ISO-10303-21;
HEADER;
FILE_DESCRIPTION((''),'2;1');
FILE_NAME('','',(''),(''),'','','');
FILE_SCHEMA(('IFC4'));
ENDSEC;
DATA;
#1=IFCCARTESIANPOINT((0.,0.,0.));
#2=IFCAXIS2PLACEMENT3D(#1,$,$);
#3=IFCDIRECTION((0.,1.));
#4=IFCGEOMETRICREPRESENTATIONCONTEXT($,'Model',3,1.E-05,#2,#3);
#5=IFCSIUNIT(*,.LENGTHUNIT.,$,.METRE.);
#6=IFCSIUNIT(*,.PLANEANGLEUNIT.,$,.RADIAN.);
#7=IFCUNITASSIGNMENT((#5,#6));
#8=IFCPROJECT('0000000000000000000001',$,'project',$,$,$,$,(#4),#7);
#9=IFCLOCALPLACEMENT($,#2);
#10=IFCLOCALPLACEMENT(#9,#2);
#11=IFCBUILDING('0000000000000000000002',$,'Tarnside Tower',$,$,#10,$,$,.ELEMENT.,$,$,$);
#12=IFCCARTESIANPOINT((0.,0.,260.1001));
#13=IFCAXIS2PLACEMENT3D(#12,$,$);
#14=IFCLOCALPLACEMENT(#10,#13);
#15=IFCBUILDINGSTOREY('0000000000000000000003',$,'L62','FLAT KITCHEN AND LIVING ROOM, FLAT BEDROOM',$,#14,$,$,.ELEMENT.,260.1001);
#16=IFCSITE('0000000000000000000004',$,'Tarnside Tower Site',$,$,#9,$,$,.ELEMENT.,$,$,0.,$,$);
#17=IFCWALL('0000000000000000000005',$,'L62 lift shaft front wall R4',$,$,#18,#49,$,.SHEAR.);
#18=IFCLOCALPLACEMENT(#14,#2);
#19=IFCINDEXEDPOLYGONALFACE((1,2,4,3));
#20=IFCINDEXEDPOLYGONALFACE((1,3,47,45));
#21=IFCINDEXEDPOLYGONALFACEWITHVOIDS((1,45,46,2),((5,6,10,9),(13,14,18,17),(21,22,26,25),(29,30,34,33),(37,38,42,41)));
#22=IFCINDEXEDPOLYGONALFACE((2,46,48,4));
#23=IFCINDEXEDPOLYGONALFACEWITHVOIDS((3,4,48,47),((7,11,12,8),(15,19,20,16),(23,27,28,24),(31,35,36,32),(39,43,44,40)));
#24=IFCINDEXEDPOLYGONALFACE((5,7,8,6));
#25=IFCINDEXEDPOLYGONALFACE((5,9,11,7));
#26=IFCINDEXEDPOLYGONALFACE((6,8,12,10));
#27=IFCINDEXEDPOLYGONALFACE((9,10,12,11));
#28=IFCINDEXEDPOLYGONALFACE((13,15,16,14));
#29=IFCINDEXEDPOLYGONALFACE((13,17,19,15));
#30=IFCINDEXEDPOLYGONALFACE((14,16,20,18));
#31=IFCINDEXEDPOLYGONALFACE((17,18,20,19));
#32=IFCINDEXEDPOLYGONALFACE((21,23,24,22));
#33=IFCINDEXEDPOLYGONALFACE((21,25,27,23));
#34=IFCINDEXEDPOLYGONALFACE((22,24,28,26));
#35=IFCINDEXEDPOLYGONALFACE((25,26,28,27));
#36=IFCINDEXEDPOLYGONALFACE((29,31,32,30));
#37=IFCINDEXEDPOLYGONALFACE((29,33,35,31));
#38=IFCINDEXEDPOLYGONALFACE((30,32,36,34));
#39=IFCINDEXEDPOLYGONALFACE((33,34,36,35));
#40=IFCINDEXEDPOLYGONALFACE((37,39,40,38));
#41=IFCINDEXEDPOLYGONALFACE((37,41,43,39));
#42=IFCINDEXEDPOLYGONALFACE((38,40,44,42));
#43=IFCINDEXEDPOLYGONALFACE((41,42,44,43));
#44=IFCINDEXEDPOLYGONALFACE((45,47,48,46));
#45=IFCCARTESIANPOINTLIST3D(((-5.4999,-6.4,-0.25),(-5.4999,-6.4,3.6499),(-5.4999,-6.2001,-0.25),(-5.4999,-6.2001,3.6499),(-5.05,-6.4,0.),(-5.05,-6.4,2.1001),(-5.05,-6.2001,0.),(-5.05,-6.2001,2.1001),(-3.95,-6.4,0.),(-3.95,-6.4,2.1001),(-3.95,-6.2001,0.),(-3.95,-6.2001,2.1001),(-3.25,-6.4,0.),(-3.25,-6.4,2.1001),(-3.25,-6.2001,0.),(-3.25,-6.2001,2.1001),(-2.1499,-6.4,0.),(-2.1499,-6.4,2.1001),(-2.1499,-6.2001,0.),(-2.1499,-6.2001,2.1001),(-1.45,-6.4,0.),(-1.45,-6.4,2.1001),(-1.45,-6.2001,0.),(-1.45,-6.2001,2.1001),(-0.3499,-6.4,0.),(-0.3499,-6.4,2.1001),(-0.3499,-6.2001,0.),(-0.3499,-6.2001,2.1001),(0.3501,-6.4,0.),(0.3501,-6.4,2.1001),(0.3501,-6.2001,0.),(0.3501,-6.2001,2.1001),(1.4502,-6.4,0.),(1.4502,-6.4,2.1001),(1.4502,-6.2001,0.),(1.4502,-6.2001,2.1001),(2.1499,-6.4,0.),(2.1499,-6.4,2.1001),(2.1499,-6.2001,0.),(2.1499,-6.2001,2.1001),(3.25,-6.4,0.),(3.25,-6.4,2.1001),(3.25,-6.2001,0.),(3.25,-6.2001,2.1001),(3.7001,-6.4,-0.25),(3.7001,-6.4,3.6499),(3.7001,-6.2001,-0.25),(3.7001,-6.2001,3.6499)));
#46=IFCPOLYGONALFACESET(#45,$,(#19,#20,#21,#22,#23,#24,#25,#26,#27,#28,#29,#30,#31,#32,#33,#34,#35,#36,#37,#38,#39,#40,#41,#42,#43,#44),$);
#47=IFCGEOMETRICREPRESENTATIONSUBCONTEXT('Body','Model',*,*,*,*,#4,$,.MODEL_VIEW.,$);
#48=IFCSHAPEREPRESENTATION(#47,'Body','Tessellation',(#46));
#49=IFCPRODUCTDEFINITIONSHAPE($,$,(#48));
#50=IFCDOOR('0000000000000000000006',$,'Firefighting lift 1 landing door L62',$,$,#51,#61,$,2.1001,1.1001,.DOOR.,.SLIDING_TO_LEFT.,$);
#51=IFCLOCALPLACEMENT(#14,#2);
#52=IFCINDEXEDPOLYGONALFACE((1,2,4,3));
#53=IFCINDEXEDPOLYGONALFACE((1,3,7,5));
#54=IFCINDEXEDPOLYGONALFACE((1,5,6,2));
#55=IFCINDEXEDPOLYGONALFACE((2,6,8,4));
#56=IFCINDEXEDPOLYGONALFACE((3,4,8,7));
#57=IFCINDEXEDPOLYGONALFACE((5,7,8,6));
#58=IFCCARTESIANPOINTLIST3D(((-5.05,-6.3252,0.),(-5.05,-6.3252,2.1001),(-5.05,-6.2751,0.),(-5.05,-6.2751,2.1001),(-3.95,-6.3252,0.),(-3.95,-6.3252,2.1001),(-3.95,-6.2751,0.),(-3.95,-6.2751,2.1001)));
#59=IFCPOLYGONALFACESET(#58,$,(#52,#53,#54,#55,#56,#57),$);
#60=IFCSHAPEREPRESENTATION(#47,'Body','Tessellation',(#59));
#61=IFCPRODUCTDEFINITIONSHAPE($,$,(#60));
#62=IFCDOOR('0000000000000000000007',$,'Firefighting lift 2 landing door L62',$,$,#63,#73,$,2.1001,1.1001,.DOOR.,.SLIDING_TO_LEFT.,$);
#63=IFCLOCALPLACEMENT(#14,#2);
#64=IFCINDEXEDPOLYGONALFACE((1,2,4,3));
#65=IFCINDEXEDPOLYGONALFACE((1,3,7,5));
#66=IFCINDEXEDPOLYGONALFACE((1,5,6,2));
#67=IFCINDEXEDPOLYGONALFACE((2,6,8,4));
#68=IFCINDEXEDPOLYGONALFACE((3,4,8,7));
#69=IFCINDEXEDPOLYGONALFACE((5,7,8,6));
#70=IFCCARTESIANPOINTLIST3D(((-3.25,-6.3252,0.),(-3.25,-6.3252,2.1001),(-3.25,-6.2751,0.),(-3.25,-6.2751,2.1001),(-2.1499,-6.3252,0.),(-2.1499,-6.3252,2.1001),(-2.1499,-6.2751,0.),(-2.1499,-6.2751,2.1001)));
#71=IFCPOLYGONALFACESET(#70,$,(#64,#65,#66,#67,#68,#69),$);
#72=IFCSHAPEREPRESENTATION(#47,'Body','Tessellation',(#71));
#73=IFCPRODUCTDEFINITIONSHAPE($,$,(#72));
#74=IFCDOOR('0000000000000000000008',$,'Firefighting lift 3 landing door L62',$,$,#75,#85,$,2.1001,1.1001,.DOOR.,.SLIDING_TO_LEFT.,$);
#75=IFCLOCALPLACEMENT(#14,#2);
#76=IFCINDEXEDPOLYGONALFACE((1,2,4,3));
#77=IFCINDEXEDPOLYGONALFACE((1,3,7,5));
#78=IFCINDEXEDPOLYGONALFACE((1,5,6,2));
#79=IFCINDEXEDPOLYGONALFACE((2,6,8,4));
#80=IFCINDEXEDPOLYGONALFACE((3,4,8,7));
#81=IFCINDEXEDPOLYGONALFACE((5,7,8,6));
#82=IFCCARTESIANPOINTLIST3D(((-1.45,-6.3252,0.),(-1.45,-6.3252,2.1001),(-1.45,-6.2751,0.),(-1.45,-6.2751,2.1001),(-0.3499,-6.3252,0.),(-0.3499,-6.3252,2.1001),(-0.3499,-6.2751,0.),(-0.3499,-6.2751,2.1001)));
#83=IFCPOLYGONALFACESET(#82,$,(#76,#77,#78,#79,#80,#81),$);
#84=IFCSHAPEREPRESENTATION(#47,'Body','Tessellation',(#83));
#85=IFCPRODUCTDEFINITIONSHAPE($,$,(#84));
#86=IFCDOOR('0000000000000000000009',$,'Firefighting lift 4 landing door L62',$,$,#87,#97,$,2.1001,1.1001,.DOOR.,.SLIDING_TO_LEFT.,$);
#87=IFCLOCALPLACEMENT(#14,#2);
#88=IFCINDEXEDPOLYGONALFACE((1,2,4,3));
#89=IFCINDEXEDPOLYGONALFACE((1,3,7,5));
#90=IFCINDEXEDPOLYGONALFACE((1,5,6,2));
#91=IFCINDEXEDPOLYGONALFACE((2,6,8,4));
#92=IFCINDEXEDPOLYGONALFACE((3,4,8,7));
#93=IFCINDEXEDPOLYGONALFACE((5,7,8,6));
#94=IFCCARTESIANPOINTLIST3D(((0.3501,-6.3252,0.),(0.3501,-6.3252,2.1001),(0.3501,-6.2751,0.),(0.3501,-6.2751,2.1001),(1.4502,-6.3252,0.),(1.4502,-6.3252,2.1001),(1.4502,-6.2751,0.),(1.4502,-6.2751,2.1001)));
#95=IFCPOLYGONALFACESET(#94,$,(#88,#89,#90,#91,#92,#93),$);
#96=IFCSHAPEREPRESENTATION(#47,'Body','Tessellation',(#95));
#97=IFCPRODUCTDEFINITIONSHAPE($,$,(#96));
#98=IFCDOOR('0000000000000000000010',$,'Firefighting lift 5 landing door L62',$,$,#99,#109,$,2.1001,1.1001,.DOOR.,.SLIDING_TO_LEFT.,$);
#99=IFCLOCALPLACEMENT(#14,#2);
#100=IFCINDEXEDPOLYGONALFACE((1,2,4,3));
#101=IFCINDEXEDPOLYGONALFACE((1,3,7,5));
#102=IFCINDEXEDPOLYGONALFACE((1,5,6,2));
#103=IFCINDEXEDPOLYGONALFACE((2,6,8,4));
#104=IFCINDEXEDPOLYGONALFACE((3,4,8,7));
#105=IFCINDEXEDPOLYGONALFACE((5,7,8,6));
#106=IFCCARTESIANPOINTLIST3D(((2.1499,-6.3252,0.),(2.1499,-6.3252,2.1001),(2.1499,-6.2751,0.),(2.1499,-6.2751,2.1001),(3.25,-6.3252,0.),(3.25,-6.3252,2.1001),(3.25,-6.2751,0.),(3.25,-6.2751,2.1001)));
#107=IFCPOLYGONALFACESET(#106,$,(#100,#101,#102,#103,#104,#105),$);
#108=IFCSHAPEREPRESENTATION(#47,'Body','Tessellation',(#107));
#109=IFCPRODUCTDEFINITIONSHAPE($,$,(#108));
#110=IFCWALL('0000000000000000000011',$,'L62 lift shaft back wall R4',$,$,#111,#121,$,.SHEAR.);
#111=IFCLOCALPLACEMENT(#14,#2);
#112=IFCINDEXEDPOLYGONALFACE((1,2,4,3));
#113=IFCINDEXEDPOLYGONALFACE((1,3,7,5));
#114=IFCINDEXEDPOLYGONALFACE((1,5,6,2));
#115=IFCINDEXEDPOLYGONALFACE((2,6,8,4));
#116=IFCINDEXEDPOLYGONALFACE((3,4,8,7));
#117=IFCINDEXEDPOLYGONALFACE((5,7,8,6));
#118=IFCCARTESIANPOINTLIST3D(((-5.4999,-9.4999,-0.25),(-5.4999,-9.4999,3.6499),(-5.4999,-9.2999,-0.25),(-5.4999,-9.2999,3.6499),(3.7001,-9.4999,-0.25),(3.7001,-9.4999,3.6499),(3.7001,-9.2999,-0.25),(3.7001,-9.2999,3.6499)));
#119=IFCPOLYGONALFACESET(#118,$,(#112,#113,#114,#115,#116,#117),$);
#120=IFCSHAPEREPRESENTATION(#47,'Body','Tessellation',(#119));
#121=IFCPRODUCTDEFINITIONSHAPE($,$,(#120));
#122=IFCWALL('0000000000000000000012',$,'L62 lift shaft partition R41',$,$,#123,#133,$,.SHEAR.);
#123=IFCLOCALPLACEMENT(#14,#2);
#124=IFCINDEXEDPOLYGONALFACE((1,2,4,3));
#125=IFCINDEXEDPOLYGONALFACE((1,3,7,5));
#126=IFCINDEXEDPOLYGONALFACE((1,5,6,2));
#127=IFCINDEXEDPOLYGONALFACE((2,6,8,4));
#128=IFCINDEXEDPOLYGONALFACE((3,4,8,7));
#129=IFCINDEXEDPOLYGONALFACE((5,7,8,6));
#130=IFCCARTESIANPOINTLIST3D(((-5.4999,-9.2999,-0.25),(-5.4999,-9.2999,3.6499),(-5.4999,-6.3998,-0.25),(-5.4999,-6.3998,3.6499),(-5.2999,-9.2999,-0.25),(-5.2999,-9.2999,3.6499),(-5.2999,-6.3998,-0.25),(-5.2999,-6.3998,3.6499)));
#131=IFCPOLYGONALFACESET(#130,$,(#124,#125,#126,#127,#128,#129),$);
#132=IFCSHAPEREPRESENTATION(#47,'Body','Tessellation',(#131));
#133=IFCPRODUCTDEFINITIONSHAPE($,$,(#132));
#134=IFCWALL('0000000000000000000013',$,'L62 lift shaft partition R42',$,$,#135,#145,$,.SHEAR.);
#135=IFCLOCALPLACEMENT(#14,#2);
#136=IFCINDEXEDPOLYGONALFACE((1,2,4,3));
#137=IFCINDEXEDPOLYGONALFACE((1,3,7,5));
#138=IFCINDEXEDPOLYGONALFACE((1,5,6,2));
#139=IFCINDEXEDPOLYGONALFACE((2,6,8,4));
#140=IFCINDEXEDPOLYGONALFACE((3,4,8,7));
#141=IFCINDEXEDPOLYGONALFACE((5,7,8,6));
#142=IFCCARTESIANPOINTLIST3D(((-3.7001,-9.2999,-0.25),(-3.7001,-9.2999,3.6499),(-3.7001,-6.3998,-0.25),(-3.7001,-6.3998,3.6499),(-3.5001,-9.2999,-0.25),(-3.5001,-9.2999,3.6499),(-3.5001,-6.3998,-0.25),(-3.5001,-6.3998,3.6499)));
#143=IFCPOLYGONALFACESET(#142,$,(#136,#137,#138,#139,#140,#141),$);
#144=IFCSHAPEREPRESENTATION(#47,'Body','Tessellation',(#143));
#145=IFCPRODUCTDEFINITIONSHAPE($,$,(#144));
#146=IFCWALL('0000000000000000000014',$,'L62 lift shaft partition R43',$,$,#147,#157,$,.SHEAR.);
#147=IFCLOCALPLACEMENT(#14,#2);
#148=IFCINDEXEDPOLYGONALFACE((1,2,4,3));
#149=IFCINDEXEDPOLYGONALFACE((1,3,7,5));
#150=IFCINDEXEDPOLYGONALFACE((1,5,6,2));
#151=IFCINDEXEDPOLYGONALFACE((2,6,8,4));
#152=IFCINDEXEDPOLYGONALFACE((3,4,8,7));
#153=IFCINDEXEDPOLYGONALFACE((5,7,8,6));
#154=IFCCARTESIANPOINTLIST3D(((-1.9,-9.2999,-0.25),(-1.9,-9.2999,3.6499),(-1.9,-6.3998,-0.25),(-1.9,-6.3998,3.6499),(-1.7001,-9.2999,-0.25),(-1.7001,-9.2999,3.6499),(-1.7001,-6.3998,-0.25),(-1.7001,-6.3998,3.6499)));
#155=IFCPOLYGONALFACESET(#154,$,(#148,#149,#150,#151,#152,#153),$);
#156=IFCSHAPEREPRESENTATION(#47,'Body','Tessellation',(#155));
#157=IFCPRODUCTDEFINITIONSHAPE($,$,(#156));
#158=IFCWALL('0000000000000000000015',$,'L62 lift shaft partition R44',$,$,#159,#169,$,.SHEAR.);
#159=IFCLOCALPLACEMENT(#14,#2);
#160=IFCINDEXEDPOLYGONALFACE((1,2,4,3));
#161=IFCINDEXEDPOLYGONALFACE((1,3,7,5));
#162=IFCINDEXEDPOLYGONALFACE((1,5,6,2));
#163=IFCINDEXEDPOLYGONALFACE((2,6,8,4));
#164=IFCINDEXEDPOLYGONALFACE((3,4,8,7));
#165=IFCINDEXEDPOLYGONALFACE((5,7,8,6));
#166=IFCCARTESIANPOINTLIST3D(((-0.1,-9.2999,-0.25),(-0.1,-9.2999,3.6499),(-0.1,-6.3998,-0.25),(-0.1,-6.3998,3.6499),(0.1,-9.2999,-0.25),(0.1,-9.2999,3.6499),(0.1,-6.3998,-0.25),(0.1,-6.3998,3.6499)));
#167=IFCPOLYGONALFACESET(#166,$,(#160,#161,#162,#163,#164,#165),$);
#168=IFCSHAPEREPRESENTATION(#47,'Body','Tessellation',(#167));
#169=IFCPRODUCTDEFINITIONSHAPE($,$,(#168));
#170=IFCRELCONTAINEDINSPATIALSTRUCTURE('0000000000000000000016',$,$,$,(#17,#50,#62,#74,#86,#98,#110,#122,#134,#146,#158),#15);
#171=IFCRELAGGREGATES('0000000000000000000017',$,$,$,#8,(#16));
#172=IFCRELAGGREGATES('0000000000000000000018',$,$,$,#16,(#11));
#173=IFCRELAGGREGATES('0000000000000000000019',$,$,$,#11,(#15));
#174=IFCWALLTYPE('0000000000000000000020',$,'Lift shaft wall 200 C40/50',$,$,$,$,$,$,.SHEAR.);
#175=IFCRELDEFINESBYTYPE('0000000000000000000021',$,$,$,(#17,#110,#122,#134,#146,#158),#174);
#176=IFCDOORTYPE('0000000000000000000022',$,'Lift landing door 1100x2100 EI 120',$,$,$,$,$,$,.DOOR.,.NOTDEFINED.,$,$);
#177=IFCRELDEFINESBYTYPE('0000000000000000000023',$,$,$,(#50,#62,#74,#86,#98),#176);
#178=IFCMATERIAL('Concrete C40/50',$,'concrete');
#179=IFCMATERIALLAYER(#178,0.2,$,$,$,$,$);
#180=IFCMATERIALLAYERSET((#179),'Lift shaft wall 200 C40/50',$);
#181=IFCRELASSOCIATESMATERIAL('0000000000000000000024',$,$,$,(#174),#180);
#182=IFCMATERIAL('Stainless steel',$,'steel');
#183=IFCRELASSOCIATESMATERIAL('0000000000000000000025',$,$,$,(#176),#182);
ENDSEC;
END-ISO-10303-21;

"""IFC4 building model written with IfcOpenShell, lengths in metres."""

from ifc_helpers import new_model, si_unit, direction, frame, frame_2d, origin, place, context, subcontext, project, spatial, rectangle, extrude, material, layer, layer_set, type_object, element, fill, save


model = new_model("IFC4")

# Units and contexts
model_context = context("Model", 3, precision=1e-05, world=origin(), true_north=direction((0.0, 1.0)))
body_context = subcontext(model_context, "Body", "Model", "MODEL_VIEW")
ifc_project = project(units=[si_unit("LENGTHUNIT", "METRE"), si_unit("PLANEANGLEUNIT", "RADIAN")], contexts=[model_context])

# Site, building, storey
site_placement = place(None, origin())
site = spatial("IfcSite", under=ifc_project, at=site_placement, Name="Tarnside Tower Site", CompositionType="ELEMENT", RefElevation=0.0)
building_placement = place(site_placement, origin())
building = spatial("IfcBuilding", under=site, at=building_placement, Name="Tarnside Tower", CompositionType="ELEMENT")
storey_placement = place(building_placement, frame((0.0, 0.0, 260.1001)))
storey = spatial("IfcBuildingStorey", under=building, at=storey_placement, Name="L62", Description="FLAT KITCHEN AND LIVING ROOM, FLAT BEDROOM", CompositionType="ELEMENT", Elevation=260.1001)

# Shared definitions
ifc_material_1 = material(Name="Concrete C40/50", Category="concrete")

# Wall, openings, doors
ifc_layer_1 = layer(ifc_material_1, 0.2)
ifc_layer_set_1 = layer_set([ifc_layer_1], Name="Lift shaft wall 200 C40/50")
wall_type_1 = type_object("IfcWallType", Name="Lift shaft wall 200 C40/50", PredefinedType="SHEAR", material=ifc_layer_set_1)
wall_1_placement = place(storey_placement, frame((-5.5, -6.3, -0.25), z_axis=(0.0, 0.0, 1.0), x_axis=(1.0, 0.0, 0.0)))
wall_1 = element("IfcWall", 1, at=wall_1_placement, inside=storey, type_object=wall_type_1, Name="L62 lift shaft front wall R4", PredefinedType="SHEAR", context=body_context, shape_type="SweptSolid", body=[
    extrude(rectangle(XDim=9.2, YDim=0.2, at=frame_2d((4.6001, 0.0))), origin(), (0.0, 0.0, 1.0), 3.8999),
])
opening_1_placement = place(wall_1_placement, frame((0.45, 0.0, 0.25)))
opening_1 = element("IfcOpeningElement", 2, at=opening_1_placement, cuts=wall_1, PredefinedType="OPENING", context=body_context, shape_type="SweptSolid", body=[
    extrude(rectangle(XDim=1.1001, YDim=2.1001, at=frame_2d((0.55, 1.05))), frame((0.0, 0.1099, 0.0), z_axis=(0.0, -1.0, 0.0), x_axis=(1.0, 0.0, 0.0)), (0.0, 0.0, 1.0), 0.22),
])
opening_2_placement = place(wall_1_placement, frame((2.25, 0.0, 0.25)))
opening_2 = element("IfcOpeningElement", 3, at=opening_2_placement, cuts=wall_1, PredefinedType="OPENING", context=body_context, shape_type="SweptSolid", body=[
    extrude(rectangle(XDim=1.1001, YDim=2.1001, at=frame_2d((0.55, 1.05))), frame((0.0, 0.1099, 0.0), z_axis=(0.0, -1.0, 0.0), x_axis=(1.0, 0.0, 0.0)), (0.0, 0.0, 1.0), 0.22),
])
opening_3_placement = place(wall_1_placement, frame((4.05, 0.0, 0.25)))
opening_3 = element("IfcOpeningElement", 4, at=opening_3_placement, cuts=wall_1, PredefinedType="OPENING", context=body_context, shape_type="SweptSolid", body=[
    extrude(rectangle(XDim=1.1001, YDim=2.1001, at=frame_2d((0.55, 1.05))), frame((0.0, 0.1099, 0.0), z_axis=(0.0, -1.0, 0.0), x_axis=(1.0, 0.0, 0.0)), (0.0, 0.0, 1.0), 0.22),
])
opening_4_placement = place(wall_1_placement, frame((5.8501, 0.0, 0.25)))
opening_4 = element("IfcOpeningElement", 5, at=opening_4_placement, cuts=wall_1, PredefinedType="OPENING", context=body_context, shape_type="SweptSolid", body=[
    extrude(rectangle(XDim=1.1001, YDim=2.1001, at=frame_2d((0.55, 1.05))), frame((0.0, 0.1099, 0.0), z_axis=(0.0, -1.0, 0.0), x_axis=(1.0, 0.0, 0.0)), (0.0, 0.0, 1.0), 0.22),
])
opening_5_placement = place(wall_1_placement, frame((7.6499, 0.0, 0.25)))
opening_5 = element("IfcOpeningElement", 6, at=opening_5_placement, cuts=wall_1, PredefinedType="OPENING", context=body_context, shape_type="SweptSolid", body=[
    extrude(rectangle(XDim=1.1001, YDim=2.1001, at=frame_2d((0.55, 1.05))), frame((0.0, 0.1099, 0.0), z_axis=(0.0, -1.0, 0.0), x_axis=(1.0, 0.0, 0.0)), (0.0, 0.0, 1.0), 0.22),
])
ifc_material_2 = material(Name="Stainless steel", Category="steel")
door_type_1 = type_object("IfcDoorType", Name="Lift landing door 1100x2100 EI 120", OperationType="NOTDEFINED", PredefinedType="DOOR", material=ifc_material_2)
door_1_placement = place(opening_1_placement, origin())
door_1 = element("IfcDoor", 7, at=door_1_placement, inside=storey, type_object=door_type_1, Name="Firefighting lift 1 landing door L62", OperationType="SLIDING_TO_LEFT", OverallHeight=2.1001, OverallWidth=1.1001, PredefinedType="DOOR", context=body_context, shape_type="SweptSolid", body=[
    extrude(rectangle(XDim=1.1001, YDim=2.1001, at=frame_2d((0.55, 1.05))), frame((0.0, 0.0249, 0.0), z_axis=(0.0, -1.0, 0.0), x_axis=(1.0, 0.0, 0.0)), (0.0, 0.0, 1.0), 0.05),
])
fill(opening_1, door_1)
door_2_placement = place(opening_2_placement, origin())
door_2 = element("IfcDoor", 8, at=door_2_placement, inside=storey, type_object=door_type_1, Name="Firefighting lift 2 landing door L62", OperationType="SLIDING_TO_LEFT", OverallHeight=2.1001, OverallWidth=1.1001, PredefinedType="DOOR", context=body_context, shape_type="SweptSolid", body=[
    extrude(rectangle(XDim=1.1001, YDim=2.1001, at=frame_2d((0.55, 1.05))), frame((0.0, 0.0249, 0.0), z_axis=(0.0, -1.0, 0.0), x_axis=(1.0, 0.0, 0.0)), (0.0, 0.0, 1.0), 0.05),
])
fill(opening_2, door_2)
door_3_placement = place(opening_3_placement, origin())
door_3 = element("IfcDoor", 9, at=door_3_placement, inside=storey, type_object=door_type_1, Name="Firefighting lift 3 landing door L62", OperationType="SLIDING_TO_LEFT", OverallHeight=2.1001, OverallWidth=1.1001, PredefinedType="DOOR", context=body_context, shape_type="SweptSolid", body=[
    extrude(rectangle(XDim=1.1001, YDim=2.1001, at=frame_2d((0.55, 1.05))), frame((0.0, 0.0249, 0.0), z_axis=(0.0, -1.0, 0.0), x_axis=(1.0, 0.0, 0.0)), (0.0, 0.0, 1.0), 0.05),
])
fill(opening_3, door_3)
door_4_placement = place(opening_4_placement, origin())
door_4 = element("IfcDoor", 10, at=door_4_placement, inside=storey, type_object=door_type_1, Name="Firefighting lift 4 landing door L62", OperationType="SLIDING_TO_LEFT", OverallHeight=2.1001, OverallWidth=1.1001, PredefinedType="DOOR", context=body_context, shape_type="SweptSolid", body=[
    extrude(rectangle(XDim=1.1001, YDim=2.1001, at=frame_2d((0.55, 1.05))), frame((0.0, 0.0249, 0.0), z_axis=(0.0, -1.0, 0.0), x_axis=(1.0, 0.0, 0.0)), (0.0, 0.0, 1.0), 0.05),
])
fill(opening_4, door_4)
door_5_placement = place(opening_5_placement, origin())
door_5 = element("IfcDoor", 11, at=door_5_placement, inside=storey, type_object=door_type_1, Name="Firefighting lift 5 landing door L62", OperationType="SLIDING_TO_LEFT", OverallHeight=2.1001, OverallWidth=1.1001, PredefinedType="DOOR", context=body_context, shape_type="SweptSolid", body=[
    extrude(rectangle(XDim=1.1001, YDim=2.1001, at=frame_2d((0.55, 1.05))), frame((0.0, 0.0249, 0.0), z_axis=(0.0, -1.0, 0.0), x_axis=(1.0, 0.0, 0.0)), (0.0, 0.0, 1.0), 0.05),
])
fill(opening_5, door_5)

# Walls
wall_2_placement = place(storey_placement, frame((-5.5, -9.3999, -0.25), z_axis=(0.0, 0.0, 1.0), x_axis=(1.0, 0.0, 0.0)))
element("IfcWall", 12, at=wall_2_placement, inside=storey, type_object=wall_type_1, Name="L62 lift shaft back wall R4", PredefinedType="SHEAR", context=body_context, shape_type="SweptSolid", body=[
    extrude(rectangle(XDim=9.2, YDim=0.2, at=frame_2d((4.6001, 0.0))), origin(), (0.0, 0.0, 1.0), 3.8999),
])
for number, where, z_axis, x_axis, name in (
    (13, (-5.3999, -9.3, -0.25), (0.0, 0.0, 1.0), (0.0, 1.0, 0.0), "L62 lift shaft partition R41"),
    (14, (-3.6001, -9.3, -0.25), (0.0, 0.0, 1.0), (0.0, 1.0, 0.0), "L62 lift shaft partition R42"),
    (15, (-1.8, -9.3, -0.25), (0.0, 0.0, 1.0), (0.0, 1.0, 0.0), "L62 lift shaft partition R43"),
    (16, (0.0, -9.3, -0.25), (0.0, 0.0, 1.0), (0.0, 1.0, 0.0), "L62 lift shaft partition R44"),
):
    element("IfcWall", number, at=place(storey_placement, frame(where, z_axis=z_axis, x_axis=x_axis)), inside=storey, type_object=wall_type_1, Name=name, PredefinedType="SHEAR", context=body_context, shape_type="SweptSolid", body=[
        extrude(rectangle(XDim=2.9001, YDim=0.2, at=frame_2d((1.4502, 0.0))), origin(), (0.0, 0.0, 1.0), 3.8999),
    ])

save(model, "model.ifc")
